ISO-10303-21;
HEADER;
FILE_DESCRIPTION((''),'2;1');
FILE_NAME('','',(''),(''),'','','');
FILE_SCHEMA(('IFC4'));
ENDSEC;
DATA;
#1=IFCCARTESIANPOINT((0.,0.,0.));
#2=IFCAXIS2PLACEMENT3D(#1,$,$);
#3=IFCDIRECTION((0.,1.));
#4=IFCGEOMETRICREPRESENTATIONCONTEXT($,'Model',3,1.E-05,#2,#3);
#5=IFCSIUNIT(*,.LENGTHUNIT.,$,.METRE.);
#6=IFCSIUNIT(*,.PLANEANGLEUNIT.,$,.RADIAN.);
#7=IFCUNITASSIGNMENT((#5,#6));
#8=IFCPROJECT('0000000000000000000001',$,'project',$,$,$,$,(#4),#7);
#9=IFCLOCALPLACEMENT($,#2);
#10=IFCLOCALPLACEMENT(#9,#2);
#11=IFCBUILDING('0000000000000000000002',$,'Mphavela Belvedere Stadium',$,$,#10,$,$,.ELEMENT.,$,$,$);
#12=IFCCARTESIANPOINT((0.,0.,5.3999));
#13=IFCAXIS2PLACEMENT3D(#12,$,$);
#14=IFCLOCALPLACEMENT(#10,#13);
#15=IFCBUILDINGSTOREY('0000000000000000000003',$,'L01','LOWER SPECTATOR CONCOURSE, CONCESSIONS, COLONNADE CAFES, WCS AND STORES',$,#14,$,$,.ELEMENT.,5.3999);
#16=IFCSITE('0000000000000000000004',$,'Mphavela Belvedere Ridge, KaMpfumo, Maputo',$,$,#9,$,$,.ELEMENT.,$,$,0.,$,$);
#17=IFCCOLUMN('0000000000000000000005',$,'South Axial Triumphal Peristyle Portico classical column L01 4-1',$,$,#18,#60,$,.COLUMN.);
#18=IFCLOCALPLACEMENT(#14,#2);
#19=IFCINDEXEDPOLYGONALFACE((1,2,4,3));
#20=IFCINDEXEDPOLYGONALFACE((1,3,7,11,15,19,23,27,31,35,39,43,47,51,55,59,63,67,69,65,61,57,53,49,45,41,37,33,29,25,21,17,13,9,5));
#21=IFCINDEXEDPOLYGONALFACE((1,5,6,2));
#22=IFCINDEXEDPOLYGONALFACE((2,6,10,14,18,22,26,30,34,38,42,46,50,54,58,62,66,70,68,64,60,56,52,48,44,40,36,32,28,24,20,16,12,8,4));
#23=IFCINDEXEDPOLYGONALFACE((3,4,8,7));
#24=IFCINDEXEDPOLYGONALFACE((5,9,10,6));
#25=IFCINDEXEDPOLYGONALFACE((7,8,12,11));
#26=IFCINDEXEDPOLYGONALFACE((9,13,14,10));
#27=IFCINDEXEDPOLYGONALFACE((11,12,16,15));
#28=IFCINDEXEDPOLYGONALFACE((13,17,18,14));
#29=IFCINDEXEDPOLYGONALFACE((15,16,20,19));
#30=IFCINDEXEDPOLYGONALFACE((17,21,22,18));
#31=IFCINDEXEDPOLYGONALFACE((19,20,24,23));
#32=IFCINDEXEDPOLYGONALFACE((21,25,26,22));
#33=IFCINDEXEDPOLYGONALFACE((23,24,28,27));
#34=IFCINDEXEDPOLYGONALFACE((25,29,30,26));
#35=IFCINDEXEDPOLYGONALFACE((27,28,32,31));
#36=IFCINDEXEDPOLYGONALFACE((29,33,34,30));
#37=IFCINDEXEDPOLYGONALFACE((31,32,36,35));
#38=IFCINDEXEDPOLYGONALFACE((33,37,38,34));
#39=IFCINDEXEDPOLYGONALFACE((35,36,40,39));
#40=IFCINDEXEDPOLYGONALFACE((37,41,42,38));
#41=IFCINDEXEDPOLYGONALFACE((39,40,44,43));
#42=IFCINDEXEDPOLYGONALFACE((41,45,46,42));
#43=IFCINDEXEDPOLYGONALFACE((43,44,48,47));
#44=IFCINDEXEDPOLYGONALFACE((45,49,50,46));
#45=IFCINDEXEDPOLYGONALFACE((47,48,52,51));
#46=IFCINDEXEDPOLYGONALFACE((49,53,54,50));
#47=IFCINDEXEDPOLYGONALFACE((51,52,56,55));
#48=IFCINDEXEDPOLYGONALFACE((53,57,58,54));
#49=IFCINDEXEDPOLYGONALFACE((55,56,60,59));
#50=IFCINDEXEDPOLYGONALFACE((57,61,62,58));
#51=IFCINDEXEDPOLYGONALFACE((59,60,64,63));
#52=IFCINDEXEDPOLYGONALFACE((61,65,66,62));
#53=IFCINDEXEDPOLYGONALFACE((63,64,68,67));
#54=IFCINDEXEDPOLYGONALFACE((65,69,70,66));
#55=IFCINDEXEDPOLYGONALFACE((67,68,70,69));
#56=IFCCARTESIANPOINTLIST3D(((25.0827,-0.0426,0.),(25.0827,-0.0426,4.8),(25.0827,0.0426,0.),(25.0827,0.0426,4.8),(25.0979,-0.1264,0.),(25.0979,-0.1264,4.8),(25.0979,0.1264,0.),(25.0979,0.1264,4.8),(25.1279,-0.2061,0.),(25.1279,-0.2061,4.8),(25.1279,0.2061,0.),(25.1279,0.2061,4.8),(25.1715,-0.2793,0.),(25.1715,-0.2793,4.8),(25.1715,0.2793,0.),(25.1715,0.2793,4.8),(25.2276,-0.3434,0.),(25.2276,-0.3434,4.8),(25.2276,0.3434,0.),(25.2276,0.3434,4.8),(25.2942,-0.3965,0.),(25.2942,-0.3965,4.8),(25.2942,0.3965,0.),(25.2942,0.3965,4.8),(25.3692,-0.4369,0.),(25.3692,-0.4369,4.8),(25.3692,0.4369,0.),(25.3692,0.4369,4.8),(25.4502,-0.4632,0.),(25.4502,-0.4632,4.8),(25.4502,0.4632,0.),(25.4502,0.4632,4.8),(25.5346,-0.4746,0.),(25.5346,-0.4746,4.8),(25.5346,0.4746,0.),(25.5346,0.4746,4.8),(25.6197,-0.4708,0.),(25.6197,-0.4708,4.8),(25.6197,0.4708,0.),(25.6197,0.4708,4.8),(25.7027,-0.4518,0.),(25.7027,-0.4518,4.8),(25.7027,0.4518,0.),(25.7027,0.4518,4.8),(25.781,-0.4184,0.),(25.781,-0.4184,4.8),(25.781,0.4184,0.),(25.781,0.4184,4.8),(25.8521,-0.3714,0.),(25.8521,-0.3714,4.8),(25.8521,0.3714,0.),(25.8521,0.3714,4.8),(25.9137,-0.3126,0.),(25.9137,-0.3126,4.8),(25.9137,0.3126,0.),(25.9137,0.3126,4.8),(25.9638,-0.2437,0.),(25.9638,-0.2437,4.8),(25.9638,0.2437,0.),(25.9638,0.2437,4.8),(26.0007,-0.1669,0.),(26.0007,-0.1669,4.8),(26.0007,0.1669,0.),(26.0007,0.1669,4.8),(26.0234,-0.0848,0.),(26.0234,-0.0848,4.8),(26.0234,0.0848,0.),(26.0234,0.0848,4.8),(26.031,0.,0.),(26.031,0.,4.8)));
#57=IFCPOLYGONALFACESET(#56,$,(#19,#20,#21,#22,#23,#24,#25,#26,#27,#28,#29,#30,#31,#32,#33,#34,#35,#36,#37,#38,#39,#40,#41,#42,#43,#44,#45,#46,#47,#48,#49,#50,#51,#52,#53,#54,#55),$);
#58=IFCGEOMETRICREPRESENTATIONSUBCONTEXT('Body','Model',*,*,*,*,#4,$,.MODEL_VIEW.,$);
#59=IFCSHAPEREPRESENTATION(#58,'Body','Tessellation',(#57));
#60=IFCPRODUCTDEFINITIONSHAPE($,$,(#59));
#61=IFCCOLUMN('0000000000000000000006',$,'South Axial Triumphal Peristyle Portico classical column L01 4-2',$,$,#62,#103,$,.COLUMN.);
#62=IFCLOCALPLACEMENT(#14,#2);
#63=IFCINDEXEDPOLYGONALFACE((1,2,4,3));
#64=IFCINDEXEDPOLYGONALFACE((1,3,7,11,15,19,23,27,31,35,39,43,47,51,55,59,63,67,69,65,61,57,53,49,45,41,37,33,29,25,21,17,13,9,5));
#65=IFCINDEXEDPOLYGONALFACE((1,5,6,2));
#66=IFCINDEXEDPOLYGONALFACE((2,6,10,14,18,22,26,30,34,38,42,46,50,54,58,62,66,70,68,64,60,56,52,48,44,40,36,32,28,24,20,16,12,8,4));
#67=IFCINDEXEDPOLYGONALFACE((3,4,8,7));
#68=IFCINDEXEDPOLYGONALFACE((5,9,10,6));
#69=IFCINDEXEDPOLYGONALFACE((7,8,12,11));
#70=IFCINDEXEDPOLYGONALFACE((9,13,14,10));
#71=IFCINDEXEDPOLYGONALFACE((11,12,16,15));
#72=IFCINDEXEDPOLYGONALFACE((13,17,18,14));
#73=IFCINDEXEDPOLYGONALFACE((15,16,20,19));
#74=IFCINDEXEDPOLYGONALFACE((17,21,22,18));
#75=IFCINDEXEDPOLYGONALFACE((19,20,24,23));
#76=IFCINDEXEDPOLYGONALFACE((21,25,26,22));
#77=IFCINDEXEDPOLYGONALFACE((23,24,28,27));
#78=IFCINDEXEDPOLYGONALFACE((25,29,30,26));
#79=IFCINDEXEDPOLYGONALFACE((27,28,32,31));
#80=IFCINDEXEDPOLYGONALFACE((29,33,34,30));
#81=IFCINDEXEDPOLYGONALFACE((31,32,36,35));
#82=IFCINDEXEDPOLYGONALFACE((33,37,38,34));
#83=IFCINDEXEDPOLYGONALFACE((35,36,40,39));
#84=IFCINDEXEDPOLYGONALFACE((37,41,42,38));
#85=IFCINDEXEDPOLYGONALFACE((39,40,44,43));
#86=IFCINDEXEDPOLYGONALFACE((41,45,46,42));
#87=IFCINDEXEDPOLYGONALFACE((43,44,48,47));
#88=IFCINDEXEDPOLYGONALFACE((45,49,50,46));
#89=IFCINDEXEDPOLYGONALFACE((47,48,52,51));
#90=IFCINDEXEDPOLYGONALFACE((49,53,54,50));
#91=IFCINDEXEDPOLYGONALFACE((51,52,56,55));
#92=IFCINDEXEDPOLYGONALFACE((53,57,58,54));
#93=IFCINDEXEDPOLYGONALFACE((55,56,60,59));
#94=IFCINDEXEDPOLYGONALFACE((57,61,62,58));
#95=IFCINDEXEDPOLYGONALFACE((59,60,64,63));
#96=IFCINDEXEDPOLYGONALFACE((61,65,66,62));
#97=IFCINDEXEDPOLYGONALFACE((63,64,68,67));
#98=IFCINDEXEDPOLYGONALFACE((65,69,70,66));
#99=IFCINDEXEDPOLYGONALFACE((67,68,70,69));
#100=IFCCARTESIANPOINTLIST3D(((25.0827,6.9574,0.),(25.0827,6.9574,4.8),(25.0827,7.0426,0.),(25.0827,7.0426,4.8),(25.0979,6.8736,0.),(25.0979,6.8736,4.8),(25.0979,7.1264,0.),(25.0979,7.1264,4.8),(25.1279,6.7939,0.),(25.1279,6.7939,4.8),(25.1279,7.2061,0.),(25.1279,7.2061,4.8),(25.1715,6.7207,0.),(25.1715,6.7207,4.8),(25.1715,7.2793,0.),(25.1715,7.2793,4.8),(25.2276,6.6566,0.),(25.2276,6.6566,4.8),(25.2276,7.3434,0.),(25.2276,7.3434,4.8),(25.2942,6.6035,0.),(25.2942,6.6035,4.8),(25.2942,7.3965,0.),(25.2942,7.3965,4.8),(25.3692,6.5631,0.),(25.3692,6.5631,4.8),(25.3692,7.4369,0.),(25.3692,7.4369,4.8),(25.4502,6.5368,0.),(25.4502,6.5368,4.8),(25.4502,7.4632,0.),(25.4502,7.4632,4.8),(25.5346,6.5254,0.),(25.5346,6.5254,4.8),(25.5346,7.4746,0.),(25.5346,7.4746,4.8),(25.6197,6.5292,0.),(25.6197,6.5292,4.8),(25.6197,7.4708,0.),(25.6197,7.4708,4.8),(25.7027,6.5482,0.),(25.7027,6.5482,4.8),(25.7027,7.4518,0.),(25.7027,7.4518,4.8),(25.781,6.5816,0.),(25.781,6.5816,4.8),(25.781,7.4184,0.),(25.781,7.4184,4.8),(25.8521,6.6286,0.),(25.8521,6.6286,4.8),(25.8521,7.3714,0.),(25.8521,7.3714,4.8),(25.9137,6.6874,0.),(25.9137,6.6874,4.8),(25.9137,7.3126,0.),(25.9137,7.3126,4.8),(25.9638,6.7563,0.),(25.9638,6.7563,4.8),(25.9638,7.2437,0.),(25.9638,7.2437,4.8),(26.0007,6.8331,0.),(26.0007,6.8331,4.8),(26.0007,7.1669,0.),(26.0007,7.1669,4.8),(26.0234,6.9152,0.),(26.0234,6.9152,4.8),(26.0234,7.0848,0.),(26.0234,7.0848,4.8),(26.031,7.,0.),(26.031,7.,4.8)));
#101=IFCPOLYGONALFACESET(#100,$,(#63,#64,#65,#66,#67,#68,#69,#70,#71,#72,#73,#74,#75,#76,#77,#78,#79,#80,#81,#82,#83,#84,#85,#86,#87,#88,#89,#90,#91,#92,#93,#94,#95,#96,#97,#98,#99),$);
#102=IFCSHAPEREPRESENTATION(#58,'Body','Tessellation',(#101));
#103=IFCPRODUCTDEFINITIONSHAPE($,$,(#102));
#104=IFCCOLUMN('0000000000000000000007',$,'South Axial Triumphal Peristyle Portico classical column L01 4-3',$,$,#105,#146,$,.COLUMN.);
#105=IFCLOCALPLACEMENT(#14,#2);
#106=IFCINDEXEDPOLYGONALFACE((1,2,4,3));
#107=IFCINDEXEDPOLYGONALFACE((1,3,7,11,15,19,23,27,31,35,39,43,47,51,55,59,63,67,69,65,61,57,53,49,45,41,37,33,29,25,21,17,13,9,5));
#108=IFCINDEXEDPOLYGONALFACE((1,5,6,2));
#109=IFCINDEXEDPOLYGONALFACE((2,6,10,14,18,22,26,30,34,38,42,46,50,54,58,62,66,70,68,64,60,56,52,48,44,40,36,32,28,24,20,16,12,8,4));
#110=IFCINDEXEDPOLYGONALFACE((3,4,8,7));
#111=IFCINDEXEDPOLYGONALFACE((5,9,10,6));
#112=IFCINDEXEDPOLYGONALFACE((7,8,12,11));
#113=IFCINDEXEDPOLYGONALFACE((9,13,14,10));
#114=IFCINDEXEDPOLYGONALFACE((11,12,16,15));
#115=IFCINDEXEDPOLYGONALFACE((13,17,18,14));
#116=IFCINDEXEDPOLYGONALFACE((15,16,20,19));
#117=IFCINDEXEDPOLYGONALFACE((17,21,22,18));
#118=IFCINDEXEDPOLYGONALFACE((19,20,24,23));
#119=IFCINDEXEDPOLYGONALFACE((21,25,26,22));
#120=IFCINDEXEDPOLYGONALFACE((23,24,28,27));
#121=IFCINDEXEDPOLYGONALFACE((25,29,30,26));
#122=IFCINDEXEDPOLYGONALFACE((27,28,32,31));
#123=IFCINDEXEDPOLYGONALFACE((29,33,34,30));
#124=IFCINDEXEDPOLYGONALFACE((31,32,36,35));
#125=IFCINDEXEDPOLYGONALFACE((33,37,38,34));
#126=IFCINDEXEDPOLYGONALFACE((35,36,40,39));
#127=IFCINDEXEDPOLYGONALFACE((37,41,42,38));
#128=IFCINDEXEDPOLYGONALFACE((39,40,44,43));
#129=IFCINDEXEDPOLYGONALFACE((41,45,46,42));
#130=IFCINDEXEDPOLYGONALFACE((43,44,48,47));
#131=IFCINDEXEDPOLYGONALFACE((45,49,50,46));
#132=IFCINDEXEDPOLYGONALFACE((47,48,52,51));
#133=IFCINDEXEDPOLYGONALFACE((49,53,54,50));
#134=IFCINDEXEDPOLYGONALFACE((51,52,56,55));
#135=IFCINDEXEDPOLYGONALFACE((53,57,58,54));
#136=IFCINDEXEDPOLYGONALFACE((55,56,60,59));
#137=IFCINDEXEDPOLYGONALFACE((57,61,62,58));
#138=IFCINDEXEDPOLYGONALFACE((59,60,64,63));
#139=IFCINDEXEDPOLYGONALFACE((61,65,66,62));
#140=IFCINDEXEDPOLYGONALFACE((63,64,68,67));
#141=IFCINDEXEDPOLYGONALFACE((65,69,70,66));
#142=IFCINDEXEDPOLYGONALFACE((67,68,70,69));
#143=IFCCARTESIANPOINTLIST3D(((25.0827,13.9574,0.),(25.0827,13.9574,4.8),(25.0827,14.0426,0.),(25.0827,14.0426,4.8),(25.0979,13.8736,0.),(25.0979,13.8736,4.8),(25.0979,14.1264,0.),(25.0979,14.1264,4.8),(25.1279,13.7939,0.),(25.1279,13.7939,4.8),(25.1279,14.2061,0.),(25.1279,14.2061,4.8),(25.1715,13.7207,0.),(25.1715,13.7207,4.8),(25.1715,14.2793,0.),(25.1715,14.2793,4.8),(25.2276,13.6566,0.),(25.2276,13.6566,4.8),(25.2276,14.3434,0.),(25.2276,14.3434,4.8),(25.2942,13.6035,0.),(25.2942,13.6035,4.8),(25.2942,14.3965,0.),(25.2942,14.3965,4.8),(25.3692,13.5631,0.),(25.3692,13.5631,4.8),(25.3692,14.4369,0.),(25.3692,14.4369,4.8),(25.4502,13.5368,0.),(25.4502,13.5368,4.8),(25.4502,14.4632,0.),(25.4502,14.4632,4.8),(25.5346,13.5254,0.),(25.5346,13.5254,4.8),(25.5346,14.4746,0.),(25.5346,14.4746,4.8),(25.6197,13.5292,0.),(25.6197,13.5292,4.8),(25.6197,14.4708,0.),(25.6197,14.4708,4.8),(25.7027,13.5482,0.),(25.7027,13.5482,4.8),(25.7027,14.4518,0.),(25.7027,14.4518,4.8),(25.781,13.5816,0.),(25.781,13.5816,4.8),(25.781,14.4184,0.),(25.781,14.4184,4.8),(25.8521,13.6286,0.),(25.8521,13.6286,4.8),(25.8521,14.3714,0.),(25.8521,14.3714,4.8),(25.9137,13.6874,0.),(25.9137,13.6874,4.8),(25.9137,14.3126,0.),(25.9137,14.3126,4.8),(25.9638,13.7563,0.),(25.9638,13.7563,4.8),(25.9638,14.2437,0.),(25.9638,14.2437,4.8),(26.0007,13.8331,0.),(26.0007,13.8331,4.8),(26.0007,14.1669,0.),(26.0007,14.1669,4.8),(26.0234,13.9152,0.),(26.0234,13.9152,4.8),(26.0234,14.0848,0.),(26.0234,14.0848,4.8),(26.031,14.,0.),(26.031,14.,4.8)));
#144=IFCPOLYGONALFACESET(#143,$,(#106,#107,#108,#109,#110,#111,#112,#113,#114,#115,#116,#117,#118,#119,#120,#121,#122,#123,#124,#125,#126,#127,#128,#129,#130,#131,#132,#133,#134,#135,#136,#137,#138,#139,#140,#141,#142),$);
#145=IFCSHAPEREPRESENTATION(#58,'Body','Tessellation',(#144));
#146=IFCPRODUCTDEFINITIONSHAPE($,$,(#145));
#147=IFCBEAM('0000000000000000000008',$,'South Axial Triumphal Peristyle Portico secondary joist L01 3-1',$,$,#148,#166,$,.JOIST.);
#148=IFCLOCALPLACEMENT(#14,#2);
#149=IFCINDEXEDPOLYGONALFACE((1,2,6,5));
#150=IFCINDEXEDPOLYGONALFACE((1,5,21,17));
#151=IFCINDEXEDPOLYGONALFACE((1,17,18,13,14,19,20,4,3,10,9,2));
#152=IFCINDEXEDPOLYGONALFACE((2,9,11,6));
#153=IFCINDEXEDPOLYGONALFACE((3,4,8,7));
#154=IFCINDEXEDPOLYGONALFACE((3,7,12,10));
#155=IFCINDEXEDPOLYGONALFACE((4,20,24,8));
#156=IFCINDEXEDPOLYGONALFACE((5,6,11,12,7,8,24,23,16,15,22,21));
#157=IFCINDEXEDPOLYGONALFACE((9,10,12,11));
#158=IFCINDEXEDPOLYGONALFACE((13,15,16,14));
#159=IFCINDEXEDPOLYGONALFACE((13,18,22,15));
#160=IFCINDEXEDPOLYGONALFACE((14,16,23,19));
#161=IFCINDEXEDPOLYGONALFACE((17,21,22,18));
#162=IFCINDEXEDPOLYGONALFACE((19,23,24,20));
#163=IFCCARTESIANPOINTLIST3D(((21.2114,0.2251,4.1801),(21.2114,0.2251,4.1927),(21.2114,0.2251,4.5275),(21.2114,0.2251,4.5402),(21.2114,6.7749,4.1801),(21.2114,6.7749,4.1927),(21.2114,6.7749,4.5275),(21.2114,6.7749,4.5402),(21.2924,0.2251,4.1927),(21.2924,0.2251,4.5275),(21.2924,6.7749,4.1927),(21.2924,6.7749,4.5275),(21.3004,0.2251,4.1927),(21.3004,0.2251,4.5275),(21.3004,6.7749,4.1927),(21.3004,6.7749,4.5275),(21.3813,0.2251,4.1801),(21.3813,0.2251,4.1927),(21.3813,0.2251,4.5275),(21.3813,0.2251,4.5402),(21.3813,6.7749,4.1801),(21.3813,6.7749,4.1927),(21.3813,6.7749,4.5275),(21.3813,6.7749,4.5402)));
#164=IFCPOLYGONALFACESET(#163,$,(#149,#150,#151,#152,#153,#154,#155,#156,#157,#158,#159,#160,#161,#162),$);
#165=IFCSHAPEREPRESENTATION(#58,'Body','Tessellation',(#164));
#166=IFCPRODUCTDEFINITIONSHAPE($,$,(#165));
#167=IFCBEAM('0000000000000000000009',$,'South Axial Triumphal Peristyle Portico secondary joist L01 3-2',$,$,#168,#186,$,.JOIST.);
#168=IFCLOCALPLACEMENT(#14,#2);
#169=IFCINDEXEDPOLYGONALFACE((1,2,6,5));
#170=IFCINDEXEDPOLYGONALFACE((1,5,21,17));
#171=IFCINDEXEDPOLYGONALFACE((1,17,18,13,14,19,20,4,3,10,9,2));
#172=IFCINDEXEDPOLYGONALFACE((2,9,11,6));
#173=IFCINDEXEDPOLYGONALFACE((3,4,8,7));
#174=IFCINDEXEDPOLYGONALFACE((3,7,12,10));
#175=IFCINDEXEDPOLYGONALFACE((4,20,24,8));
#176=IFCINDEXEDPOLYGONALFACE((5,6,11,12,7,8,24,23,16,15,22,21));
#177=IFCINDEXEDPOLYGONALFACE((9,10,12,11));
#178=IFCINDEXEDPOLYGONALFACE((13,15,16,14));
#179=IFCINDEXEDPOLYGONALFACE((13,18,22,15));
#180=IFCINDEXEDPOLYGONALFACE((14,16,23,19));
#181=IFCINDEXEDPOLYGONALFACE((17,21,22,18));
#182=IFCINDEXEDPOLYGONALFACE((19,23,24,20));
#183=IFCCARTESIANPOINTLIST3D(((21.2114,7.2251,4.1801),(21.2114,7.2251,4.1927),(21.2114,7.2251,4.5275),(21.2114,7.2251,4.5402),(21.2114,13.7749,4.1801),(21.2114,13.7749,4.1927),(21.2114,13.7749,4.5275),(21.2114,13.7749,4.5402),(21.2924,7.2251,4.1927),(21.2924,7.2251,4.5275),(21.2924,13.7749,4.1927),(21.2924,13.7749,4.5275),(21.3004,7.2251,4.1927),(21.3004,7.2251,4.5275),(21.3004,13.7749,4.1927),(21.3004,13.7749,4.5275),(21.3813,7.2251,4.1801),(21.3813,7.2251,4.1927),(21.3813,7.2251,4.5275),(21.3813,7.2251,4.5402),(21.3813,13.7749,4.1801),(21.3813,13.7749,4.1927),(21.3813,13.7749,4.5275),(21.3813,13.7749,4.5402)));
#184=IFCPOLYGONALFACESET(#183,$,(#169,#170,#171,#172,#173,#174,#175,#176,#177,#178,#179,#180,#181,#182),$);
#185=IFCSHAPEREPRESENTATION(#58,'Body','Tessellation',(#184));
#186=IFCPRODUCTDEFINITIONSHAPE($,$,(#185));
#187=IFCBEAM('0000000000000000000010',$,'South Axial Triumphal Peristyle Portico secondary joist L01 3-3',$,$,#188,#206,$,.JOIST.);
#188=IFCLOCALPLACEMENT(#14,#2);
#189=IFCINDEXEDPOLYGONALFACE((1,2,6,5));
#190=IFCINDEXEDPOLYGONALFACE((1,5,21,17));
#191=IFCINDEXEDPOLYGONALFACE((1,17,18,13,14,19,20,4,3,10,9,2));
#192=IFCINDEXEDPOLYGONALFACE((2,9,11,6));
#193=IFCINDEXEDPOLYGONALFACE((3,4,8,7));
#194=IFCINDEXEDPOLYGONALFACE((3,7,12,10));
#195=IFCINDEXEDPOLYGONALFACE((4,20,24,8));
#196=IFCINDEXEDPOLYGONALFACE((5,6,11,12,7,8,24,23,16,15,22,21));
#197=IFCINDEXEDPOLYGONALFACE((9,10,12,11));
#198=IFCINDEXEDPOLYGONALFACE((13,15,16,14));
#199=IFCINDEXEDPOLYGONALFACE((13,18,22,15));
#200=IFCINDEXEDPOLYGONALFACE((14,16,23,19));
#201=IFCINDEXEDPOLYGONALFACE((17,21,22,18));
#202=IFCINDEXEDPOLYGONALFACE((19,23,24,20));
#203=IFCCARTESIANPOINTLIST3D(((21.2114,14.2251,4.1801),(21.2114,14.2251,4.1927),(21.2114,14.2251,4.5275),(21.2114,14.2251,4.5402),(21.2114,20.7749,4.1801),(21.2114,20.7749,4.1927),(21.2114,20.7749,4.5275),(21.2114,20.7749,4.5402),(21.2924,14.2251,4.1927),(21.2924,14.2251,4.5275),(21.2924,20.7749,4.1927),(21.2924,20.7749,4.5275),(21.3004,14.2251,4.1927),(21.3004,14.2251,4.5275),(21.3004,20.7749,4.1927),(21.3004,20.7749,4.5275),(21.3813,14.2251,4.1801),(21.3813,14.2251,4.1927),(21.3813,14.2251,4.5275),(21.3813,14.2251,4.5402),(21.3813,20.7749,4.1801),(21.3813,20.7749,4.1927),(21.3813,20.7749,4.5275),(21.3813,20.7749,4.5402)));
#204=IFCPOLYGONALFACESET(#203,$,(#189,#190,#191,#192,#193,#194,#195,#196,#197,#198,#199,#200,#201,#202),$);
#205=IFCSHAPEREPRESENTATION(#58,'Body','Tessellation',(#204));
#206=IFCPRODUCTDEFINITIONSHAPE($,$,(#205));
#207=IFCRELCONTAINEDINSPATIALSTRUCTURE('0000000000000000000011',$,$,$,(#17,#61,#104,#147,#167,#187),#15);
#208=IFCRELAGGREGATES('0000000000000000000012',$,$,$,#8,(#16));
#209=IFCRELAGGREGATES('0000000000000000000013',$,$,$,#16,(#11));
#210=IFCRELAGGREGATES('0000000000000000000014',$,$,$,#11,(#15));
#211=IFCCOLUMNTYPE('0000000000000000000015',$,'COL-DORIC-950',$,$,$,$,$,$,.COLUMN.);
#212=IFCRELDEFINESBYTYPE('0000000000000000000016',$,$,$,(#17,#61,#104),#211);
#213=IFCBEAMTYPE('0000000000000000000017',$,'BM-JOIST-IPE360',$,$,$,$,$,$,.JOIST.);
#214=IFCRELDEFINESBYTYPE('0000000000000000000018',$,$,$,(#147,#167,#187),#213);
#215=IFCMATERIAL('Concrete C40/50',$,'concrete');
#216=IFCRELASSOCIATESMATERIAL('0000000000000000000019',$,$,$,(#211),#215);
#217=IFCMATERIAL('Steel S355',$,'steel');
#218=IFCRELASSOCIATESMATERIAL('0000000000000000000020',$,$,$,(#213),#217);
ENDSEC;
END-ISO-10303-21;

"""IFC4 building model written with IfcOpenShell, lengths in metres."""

from ifc_helpers import new_model, si_unit, direction, frame, origin, origin_2d, place, context, subcontext, project, spatial, circle, i_section, extrude, material, material_profile, profile_set, type_object, element, save


model = new_model("IFC4")

# Units and contexts
model_context = context("Model", 3, precision=1e-05, world=origin(), true_north=direction((0.0, 1.0)))
body_context = subcontext(model_context, "Body", "Model", "MODEL_VIEW")
ifc_project = project(units=[si_unit("LENGTHUNIT", "METRE"), si_unit("PLANEANGLEUNIT", "RADIAN")], contexts=[model_context])

# Site, building, storey
site_placement = place(None, origin())
site = spatial("IfcSite", under=ifc_project, at=site_placement, Name="Mphavela Belvedere Ridge, KaMpfumo, Maputo", CompositionType="ELEMENT", RefElevation=0.0)
building_placement = place(site_placement, origin())
building = spatial("IfcBuilding", under=site, at=building_placement, Name="Mphavela Belvedere Stadium", CompositionType="ELEMENT")
storey_placement = place(building_placement, frame((0.0, 0.0, 5.3999)))
storey = spatial("IfcBuildingStorey", under=building, at=storey_placement, Name="L01", Description="LOWER SPECTATOR CONCOURSE, CONCESSIONS, COLONNADE CAFES, WCS AND STORES", CompositionType="ELEMENT", Elevation=5.3999)

# Columns
ifc_material_1 = material(Name="Concrete C40/50", Category="concrete")
ifc_material_profile_1 = material_profile(ifc_material_1, circle(Radius=0.4751, at=origin_2d()), Name="COL D950")
ifc_profile_set_1 = profile_set([ifc_material_profile_1], Name="Concrete C40/50")
column_type = type_object("IfcColumnType", Name="COL-DORIC-950", PredefinedType="COLUMN", material=ifc_profile_set_1)
for number, where, z_axis, x_axis, name in (
    (1, (25.5559, 0.0, 0.0), (0.0, 0.0, 1.0), (1.0, 0.0, 0.0), "South Axial Triumphal Peristyle Portico classical column L01 4-1"),
    (2, (25.5559, 7.0, 0.0), (0.0, 0.0, 1.0), (1.0, 0.0, 0.0), "South Axial Triumphal Peristyle Portico classical column L01 4-2"),
    (3, (25.5559, 14.0, 0.0), (0.0, 0.0, 1.0), (1.0, 0.0, 0.0), "South Axial Triumphal Peristyle Portico classical column L01 4-3"),
):
    element("IfcColumn", number, at=place(storey_placement, frame(where, z_axis=z_axis, x_axis=x_axis)), inside=storey, type_object=column_type, Name=name, PredefinedType="COLUMN", context=body_context, shape_type="SweptSolid", body=[
        extrude(circle(Radius=0.4751, at=origin_2d()), origin(), (0.0, 0.0, 1.0), 4.8),
    ])

# Beams
ifc_material_2 = material(Name="Steel S355", Category="steel")
ifc_material_profile_2 = material_profile(ifc_material_2, i_section(OverallWidth=0.1699, OverallDepth=0.3601, WebThickness=0.0081, FlangeThickness=0.0127, at=origin_2d()), Name="IPE 360")
ifc_profile_set_2 = profile_set([ifc_material_profile_2], Name="Steel S355")
beam_type_1 = type_object("IfcBeamType", Name="BM-JOIST-IPE360", PredefinedType="JOIST", material=ifc_profile_set_2)
for number, where, z_axis, x_axis, name in (
    (4, (21.2964, 0.2251, 4.3601), (0.0, 1.0, 0.0), (-1.0, 0.0, 0.0), "South Axial Triumphal Peristyle Portico secondary joist L01 3-1"),
    (5, (21.2964, 7.2251, 4.3601), (0.0, 1.0, 0.0), (-1.0, 0.0, 0.0), "South Axial Triumphal Peristyle Portico secondary joist L01 3-2"),
    (6, (21.2964, 14.2251, 4.3601), (0.0, 1.0, 0.0), (-1.0, 0.0, 0.0), "South Axial Triumphal Peristyle Portico secondary joist L01 3-3"),
):
    element("IfcBeam", number, at=place(storey_placement, frame(where, z_axis=z_axis, x_axis=x_axis)), inside=storey, type_object=beam_type_1, Name=name, PredefinedType="JOIST", context=body_context, shape_type="SweptSolid", body=[
        extrude(i_section(OverallWidth=0.1699, OverallDepth=0.3601, WebThickness=0.0081, FlangeThickness=0.0127, at=origin_2d()), origin(), (0.0, 0.0, 1.0), 6.5498),
    ])

save(model, "model.ifc")
